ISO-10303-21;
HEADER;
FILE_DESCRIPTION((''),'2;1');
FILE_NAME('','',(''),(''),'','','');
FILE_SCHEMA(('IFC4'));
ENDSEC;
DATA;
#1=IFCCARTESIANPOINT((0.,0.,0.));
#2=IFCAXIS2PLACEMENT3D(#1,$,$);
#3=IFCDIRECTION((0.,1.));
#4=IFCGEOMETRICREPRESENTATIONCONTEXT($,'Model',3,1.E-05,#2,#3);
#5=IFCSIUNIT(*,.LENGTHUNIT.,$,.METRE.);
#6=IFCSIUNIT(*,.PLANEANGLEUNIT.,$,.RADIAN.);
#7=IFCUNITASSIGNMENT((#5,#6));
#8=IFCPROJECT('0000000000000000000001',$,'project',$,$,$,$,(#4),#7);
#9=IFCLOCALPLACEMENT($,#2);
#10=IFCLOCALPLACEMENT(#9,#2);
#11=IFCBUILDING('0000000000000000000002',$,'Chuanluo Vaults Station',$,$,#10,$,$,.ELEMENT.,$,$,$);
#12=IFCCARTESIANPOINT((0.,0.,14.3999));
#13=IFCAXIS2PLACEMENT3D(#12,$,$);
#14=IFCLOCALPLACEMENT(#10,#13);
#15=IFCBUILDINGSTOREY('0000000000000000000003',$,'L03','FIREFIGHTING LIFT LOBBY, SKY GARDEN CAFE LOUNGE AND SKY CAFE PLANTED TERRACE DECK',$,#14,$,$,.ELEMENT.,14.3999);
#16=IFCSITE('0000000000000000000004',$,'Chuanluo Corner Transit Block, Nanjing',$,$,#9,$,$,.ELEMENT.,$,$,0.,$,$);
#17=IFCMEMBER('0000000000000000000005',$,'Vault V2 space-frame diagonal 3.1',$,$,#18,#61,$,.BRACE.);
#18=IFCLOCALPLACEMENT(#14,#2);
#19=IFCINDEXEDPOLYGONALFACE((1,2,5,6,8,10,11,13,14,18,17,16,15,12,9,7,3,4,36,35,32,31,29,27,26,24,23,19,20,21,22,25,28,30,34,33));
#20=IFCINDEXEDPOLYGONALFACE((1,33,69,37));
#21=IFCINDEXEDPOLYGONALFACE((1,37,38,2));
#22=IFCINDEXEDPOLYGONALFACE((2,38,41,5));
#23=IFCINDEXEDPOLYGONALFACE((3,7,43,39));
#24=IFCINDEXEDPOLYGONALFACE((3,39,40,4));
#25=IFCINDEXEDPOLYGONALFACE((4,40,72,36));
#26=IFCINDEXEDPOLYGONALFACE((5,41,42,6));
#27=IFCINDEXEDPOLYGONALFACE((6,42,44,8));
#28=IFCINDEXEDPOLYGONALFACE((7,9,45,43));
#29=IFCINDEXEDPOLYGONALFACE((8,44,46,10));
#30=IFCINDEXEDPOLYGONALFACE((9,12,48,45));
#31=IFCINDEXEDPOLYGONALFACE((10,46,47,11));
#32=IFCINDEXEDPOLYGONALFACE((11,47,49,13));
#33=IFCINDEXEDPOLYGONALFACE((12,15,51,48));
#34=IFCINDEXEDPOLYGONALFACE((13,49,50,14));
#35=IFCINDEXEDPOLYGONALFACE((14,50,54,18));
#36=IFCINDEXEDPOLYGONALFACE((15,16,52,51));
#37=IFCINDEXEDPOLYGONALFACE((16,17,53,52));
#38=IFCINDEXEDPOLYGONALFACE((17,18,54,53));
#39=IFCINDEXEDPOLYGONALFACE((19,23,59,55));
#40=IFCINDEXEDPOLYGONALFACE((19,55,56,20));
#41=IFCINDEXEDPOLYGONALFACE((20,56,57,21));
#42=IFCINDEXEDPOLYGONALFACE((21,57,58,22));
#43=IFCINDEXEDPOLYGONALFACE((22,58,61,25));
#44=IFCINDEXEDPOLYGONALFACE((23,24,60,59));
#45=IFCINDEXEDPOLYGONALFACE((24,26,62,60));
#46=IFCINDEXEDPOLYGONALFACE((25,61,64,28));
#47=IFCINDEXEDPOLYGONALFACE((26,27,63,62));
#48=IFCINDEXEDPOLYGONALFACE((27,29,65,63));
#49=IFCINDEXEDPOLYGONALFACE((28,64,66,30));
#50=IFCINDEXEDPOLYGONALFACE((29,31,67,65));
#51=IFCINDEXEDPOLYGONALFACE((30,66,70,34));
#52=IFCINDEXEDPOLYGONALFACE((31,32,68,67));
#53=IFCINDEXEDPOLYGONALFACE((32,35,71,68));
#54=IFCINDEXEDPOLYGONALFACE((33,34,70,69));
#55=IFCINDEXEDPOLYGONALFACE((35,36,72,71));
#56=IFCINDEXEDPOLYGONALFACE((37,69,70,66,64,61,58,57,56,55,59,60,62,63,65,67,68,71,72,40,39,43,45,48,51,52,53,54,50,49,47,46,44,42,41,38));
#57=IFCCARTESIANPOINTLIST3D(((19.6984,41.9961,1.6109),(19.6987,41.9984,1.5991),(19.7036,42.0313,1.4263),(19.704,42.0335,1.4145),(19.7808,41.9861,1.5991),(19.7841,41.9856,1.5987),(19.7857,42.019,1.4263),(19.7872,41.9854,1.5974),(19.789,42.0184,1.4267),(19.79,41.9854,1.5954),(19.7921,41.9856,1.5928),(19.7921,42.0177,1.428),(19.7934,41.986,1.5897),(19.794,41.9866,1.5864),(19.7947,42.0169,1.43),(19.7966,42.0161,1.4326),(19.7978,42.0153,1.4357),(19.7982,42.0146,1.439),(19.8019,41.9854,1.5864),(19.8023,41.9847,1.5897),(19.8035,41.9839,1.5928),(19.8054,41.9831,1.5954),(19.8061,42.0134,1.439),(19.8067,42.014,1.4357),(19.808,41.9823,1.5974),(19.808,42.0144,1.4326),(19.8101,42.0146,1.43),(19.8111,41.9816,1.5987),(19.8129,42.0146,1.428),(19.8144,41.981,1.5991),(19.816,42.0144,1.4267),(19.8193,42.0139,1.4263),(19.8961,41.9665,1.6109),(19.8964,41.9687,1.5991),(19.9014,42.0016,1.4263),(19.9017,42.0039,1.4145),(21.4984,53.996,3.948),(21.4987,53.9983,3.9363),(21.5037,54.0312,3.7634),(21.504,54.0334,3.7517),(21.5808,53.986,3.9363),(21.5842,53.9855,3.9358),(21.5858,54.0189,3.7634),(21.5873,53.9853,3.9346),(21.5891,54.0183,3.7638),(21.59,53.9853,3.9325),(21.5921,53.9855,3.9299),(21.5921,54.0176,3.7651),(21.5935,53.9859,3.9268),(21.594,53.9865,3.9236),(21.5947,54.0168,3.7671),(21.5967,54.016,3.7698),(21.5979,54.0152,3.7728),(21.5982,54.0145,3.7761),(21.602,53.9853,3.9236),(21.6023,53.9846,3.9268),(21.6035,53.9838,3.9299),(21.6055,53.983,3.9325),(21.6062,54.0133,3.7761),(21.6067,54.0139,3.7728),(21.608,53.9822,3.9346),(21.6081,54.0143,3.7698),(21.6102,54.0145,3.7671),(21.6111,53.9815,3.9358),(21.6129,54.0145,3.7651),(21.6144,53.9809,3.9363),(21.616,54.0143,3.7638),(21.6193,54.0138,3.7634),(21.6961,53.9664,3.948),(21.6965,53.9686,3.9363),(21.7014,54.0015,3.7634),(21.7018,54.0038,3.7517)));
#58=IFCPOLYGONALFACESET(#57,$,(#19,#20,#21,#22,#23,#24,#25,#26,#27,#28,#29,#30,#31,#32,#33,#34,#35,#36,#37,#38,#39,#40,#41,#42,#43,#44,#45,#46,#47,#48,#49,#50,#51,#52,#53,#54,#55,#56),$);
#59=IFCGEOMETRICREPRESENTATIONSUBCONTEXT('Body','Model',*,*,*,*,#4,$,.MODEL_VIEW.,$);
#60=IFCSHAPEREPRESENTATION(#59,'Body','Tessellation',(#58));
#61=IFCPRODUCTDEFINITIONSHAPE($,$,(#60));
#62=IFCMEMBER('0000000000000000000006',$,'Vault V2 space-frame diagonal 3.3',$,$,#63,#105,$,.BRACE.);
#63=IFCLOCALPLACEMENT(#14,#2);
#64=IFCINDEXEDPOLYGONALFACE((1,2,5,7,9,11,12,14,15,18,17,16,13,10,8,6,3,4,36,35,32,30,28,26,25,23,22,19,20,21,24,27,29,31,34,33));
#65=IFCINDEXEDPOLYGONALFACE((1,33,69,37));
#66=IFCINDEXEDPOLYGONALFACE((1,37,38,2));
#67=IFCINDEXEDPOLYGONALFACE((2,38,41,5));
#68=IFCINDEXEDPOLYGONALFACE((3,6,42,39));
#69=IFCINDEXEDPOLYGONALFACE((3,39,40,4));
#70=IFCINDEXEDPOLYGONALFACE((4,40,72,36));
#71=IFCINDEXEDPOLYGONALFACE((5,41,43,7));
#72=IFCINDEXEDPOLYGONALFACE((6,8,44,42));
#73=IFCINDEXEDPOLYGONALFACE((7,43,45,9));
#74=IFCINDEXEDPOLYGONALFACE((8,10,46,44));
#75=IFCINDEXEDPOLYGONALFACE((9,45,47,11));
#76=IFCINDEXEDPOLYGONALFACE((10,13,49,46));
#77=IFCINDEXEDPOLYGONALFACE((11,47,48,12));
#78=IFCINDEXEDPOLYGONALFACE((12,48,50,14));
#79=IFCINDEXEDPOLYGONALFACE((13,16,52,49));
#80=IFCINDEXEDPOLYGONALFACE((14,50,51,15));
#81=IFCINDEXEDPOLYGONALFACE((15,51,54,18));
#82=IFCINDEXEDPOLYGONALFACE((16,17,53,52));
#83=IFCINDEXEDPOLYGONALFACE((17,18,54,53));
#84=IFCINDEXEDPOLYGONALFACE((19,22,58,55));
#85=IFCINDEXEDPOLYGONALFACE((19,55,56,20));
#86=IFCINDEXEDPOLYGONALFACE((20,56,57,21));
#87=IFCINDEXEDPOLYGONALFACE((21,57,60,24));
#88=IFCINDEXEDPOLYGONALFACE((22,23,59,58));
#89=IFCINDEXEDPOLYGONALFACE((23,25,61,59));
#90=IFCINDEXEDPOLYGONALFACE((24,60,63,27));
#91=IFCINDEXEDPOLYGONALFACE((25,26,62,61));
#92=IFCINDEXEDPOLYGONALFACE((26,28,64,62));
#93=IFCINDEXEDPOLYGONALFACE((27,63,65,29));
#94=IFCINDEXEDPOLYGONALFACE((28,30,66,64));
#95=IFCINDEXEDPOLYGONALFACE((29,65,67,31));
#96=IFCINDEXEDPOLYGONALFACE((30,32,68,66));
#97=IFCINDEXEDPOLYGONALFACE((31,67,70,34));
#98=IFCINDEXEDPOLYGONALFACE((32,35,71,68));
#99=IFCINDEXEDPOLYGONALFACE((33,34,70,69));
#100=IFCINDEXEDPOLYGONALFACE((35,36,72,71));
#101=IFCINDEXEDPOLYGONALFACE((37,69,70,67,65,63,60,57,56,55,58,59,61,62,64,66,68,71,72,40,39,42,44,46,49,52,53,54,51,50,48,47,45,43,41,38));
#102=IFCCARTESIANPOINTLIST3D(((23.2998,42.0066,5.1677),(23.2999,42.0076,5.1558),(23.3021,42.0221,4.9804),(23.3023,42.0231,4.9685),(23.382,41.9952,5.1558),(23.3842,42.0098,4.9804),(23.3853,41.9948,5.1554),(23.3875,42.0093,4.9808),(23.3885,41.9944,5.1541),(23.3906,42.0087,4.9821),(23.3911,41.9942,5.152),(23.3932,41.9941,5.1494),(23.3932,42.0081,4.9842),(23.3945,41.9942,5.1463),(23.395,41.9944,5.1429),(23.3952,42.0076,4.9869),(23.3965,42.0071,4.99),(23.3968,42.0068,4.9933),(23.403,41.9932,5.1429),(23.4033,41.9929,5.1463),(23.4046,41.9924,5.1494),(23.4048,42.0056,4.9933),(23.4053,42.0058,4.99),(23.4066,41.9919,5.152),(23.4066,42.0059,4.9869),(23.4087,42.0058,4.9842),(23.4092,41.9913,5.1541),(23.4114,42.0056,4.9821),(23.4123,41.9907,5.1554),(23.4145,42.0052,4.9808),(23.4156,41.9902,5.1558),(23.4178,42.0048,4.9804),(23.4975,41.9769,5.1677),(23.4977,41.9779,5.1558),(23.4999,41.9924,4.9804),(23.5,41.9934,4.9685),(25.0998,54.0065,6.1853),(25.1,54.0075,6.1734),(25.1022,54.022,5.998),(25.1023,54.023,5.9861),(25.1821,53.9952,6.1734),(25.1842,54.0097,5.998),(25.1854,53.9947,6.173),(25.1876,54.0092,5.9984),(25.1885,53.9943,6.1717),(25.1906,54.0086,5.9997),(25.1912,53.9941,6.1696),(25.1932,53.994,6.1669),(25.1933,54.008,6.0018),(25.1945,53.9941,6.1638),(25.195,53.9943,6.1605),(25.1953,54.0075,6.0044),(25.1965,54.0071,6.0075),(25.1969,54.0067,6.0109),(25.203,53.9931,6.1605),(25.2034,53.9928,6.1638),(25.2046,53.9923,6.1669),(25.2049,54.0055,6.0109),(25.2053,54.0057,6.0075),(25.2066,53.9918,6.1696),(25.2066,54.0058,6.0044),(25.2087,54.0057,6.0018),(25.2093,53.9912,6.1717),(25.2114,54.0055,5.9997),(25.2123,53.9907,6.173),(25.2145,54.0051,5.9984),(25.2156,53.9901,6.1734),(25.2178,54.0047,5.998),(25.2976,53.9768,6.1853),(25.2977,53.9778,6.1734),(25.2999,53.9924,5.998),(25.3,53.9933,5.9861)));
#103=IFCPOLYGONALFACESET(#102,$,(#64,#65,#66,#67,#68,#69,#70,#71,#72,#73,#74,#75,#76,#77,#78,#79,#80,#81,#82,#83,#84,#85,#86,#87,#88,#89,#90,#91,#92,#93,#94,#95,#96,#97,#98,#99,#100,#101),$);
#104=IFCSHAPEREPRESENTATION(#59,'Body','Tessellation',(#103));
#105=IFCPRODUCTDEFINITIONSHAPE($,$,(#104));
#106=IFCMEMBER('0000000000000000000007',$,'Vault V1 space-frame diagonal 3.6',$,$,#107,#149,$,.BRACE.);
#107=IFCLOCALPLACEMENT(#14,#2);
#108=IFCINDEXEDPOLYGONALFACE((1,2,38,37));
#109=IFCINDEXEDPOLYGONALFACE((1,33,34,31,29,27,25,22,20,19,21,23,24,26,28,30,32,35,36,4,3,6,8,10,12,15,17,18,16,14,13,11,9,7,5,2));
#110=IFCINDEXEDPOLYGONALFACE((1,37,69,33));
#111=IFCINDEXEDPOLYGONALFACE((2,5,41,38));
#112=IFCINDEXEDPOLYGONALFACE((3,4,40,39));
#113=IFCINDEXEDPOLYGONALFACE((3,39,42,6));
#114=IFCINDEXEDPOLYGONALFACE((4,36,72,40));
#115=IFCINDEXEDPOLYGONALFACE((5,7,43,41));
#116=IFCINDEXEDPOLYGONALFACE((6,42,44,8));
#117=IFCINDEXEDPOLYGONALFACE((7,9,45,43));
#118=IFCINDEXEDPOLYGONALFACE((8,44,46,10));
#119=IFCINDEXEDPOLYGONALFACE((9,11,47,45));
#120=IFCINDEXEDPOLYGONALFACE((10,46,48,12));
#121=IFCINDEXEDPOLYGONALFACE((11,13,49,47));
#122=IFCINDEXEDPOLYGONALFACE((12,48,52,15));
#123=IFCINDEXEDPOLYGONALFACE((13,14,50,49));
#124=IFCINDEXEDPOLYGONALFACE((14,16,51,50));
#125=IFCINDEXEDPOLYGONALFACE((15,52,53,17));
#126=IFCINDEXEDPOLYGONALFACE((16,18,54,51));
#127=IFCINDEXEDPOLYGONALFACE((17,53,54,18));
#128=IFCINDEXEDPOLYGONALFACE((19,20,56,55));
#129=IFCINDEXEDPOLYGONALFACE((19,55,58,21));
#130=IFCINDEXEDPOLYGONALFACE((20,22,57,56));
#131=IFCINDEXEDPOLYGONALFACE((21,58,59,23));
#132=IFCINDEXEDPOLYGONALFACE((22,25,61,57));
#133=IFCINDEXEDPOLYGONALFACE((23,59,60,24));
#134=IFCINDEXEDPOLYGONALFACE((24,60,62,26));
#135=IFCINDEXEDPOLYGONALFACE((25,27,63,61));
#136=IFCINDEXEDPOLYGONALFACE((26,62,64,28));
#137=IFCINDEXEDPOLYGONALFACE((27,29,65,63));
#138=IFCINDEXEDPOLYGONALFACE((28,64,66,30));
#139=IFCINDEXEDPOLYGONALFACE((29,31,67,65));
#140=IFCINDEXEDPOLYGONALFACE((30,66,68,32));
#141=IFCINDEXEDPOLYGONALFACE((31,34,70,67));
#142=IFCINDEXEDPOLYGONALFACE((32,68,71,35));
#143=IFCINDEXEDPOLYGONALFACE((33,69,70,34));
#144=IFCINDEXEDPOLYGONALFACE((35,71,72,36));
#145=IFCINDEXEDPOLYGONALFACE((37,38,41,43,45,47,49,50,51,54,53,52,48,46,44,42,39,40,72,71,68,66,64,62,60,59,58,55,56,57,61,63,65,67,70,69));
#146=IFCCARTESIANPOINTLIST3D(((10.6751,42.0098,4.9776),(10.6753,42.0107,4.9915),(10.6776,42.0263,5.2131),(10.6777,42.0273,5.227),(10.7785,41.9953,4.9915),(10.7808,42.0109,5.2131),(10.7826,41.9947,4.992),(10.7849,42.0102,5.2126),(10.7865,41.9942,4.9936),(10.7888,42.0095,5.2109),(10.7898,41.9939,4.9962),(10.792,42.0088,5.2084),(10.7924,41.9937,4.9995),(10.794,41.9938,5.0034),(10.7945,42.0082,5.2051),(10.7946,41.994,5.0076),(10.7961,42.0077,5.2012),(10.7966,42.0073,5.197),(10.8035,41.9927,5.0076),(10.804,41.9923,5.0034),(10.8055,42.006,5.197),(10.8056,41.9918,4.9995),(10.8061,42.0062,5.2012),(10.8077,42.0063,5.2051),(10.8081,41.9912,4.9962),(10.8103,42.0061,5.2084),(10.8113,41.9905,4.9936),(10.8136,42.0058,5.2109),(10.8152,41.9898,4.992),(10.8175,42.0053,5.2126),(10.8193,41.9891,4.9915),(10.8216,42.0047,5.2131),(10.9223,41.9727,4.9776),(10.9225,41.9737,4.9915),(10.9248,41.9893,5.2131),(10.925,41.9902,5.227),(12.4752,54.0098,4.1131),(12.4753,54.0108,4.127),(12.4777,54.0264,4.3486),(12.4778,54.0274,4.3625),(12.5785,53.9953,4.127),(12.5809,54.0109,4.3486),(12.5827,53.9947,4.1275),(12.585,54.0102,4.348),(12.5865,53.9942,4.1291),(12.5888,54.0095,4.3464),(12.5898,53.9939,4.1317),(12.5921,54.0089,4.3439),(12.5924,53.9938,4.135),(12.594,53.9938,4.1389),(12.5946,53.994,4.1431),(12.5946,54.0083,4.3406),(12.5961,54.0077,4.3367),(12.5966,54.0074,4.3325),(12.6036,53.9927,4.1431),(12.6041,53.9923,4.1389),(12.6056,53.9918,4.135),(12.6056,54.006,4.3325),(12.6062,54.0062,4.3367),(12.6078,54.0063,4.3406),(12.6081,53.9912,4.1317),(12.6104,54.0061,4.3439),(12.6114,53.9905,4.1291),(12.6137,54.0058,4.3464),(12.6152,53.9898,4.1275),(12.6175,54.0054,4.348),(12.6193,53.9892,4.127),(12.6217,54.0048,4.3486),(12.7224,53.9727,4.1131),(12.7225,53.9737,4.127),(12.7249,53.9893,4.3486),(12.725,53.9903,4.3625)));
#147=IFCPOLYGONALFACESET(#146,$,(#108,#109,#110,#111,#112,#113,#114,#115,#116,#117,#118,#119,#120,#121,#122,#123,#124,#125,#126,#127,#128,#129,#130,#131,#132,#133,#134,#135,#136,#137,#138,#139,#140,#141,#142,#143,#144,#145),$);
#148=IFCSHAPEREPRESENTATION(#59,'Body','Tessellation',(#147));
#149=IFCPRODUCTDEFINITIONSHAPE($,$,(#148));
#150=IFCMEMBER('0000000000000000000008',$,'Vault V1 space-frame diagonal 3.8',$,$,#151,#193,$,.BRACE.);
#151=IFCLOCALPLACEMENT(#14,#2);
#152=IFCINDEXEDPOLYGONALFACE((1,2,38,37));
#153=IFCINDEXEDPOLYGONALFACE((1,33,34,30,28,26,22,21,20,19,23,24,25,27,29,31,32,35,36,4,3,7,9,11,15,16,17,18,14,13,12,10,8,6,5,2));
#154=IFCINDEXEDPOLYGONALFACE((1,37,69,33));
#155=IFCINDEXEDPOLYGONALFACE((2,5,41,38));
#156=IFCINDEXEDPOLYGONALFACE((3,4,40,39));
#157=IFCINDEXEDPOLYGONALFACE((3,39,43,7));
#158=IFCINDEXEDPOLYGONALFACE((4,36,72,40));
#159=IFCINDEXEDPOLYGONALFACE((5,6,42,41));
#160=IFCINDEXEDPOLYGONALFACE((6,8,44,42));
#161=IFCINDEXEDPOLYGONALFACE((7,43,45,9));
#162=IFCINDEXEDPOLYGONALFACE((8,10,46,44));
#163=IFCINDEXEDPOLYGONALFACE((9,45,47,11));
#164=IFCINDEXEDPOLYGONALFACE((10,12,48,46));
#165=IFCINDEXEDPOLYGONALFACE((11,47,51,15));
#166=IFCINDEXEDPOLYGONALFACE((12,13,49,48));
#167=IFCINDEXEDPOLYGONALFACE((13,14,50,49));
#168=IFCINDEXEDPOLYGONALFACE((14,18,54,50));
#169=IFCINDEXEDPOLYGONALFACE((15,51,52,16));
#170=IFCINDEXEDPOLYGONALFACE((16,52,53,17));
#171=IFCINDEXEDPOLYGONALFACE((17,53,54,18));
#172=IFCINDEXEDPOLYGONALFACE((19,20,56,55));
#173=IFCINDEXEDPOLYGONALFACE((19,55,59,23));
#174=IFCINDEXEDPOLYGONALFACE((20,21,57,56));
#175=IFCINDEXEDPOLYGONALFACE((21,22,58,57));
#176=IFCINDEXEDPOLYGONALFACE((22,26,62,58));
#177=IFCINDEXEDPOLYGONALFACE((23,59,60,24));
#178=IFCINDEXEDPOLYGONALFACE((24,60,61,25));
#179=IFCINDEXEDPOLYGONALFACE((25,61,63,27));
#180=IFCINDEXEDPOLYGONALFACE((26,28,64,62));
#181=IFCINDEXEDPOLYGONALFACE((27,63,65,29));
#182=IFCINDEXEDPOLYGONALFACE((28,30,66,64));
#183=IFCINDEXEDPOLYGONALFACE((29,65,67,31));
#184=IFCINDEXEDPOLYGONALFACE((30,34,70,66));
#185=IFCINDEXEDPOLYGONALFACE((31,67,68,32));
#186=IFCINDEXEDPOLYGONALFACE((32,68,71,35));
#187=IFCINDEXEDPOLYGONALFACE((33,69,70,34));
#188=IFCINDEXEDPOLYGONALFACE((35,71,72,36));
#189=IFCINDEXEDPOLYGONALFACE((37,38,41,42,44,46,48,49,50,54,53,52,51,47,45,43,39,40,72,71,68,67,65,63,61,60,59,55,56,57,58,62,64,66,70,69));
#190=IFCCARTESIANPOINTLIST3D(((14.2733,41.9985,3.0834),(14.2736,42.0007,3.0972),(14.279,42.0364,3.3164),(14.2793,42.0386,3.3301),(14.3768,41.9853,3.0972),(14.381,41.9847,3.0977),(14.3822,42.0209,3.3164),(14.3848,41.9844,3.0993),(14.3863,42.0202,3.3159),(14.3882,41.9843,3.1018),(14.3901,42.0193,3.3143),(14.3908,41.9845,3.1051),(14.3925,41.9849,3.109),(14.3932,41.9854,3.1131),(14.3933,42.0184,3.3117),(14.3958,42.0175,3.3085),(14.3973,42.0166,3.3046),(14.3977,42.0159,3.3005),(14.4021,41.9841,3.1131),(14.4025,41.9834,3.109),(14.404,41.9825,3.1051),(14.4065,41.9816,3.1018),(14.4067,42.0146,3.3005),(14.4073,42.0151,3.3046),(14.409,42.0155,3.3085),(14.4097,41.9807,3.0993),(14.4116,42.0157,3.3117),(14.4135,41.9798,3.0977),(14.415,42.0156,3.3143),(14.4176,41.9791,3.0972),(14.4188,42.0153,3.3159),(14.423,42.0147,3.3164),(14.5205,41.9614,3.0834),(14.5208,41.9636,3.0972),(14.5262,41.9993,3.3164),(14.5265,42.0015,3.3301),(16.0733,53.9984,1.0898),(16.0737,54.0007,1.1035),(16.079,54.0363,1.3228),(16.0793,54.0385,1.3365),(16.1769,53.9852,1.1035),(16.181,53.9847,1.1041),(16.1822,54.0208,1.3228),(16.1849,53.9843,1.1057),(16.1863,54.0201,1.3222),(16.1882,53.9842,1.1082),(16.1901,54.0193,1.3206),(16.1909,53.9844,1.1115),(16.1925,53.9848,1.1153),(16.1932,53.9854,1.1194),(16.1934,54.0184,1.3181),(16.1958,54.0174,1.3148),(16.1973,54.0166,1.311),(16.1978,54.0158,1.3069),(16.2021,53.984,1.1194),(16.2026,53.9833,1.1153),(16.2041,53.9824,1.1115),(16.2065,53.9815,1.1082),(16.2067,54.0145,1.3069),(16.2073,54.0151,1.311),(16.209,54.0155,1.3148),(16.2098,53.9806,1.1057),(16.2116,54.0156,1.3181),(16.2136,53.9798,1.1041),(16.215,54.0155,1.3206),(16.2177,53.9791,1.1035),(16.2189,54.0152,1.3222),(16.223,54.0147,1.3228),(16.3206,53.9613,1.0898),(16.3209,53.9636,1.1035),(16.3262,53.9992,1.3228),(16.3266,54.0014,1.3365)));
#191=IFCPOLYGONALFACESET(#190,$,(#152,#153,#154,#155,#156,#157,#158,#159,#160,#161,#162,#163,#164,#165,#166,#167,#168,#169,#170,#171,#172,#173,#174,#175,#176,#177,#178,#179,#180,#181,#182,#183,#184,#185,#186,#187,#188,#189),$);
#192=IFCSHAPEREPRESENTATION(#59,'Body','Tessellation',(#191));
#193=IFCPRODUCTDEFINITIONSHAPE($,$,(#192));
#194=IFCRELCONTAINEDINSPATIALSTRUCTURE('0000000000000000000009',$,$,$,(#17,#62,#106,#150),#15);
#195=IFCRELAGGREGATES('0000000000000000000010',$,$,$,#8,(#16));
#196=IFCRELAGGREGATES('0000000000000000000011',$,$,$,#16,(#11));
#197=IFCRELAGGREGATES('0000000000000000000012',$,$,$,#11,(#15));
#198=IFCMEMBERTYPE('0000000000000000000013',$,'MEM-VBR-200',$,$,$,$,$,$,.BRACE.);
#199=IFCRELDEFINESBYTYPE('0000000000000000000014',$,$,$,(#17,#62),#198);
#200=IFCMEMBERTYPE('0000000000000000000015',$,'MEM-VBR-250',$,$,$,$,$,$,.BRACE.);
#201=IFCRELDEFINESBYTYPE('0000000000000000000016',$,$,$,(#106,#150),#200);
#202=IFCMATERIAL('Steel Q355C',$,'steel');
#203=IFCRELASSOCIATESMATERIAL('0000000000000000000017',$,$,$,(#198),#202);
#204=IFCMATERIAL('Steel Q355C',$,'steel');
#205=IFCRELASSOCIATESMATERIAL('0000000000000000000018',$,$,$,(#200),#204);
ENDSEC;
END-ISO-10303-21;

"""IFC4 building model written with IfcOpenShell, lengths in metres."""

from ifc_helpers import new_model, si_unit, direction, frame, origin, origin_2d, place, context, subcontext, project, spatial, i_section, extrude, material, material_profile, profile_set, type_object, element, save


model = new_model("IFC4")

# Units and contexts
model_context = context("Model", 3, precision=1e-05, world=origin(), true_north=direction((0.0, 1.0)))
body_context = subcontext(model_context, "Body", "Model", "MODEL_VIEW")
ifc_project = project(units=[si_unit("LENGTHUNIT", "METRE"), si_unit("PLANEANGLEUNIT", "RADIAN")], contexts=[model_context])

# Site, building, storey
site_placement = place(None, origin())
site = spatial("IfcSite", under=ifc_project, at=site_placement, Name="Chuanluo Corner Transit Block, Nanjing", CompositionType="ELEMENT", RefElevation=0.0)
building_placement = place(site_placement, origin())
building = spatial("IfcBuilding", under=site, at=building_placement, Name="Chuanluo Vaults Station", CompositionType="ELEMENT")
storey_placement = place(building_placement, frame((0.0, 0.0, 14.3999)))
storey = spatial("IfcBuildingStorey", under=building, at=storey_placement, Name="L03", Description="FIREFIGHTING LIFT LOBBY, SKY GARDEN CAFE LOUNGE AND SKY CAFE PLANTED TERRACE DECK", CompositionType="ELEMENT", Elevation=14.3999)

# Members
ifc_material_1 = material(Name="Steel Q355C", Category="steel")
ifc_material_profile_1 = material_profile(ifc_material_1, i_section(OverallWidth=0.2, OverallDepth=0.2, WebThickness=0.0081, FlangeThickness=0.012, FilletRadius=0.0129, at=origin_2d()))
ifc_profile_set_1 = profile_set([ifc_material_profile_1], Name="Steel Q355C")
member_type_1 = type_object("IfcMemberType", Name="MEM-VBR-200", PredefinedType="BRACE", material=ifc_profile_set_1)
member_1_placement = place(storey_placement, frame((19.8, 42.0, 1.5127), z_axis=(0.145667, 0.971087, 0.189132), x_axis=(-0.988936, 0.148344, 0.0)))
element("IfcMember", 1, at=member_1_placement, inside=storey, type_object=member_type_1, Name="Vault V2 space-frame diagonal 3.1", PredefinedType="BRACE", context=body_context, shape_type="SweptSolid", body=[
    extrude(i_section(OverallWidth=0.2, OverallDepth=0.2, WebThickness=0.0081, FlangeThickness=0.012, FilletRadius=0.0129, at=origin_2d()), origin(), (0.0, 0.0, 1.0), 12.3572),
])
member_2_placement = place(storey_placement, frame((23.3999, 42.0, 5.0681), z_axis=(0.147826, 0.985477, 0.083567), x_axis=(-0.988936, 0.148344, 0.0)))
element("IfcMember", 2, at=member_2_placement, inside=storey, type_object=member_type_1, Name="Vault V2 space-frame diagonal 3.3", PredefinedType="BRACE", context=body_context, shape_type="SweptSolid", body=[
    extrude(i_section(OverallWidth=0.2, OverallDepth=0.2, WebThickness=0.0081, FlangeThickness=0.012, FilletRadius=0.0129, at=origin_2d()), origin(), (0.0, 0.0, 1.0), 12.1768),
])
ifc_material_2 = material(Name="Steel Q355C", Category="steel")
ifc_material_profile_2 = material_profile(ifc_material_2, i_section(OverallWidth=0.25, OverallDepth=0.25, WebThickness=0.009, FlangeThickness=0.0139, FilletRadius=0.0161, at=origin_2d()))
ifc_profile_set_2 = profile_set([ifc_material_profile_2], Name="Steel Q355C")
member_type_2 = type_object("IfcMemberType", Name="MEM-VBR-250", PredefinedType="BRACE", material=ifc_profile_set_2)
member_3_placement = place(storey_placement, frame((10.8, 42.0, 5.1023), z_axis=(0.147969, 0.986435, -0.071065), x_axis=(-0.988936, 0.148344, 0.0)))
element("IfcMember", 3, at=member_3_placement, inside=storey, type_object=member_type_2, Name="Vault V1 space-frame diagonal 3.6", PredefinedType="BRACE", context=body_context, shape_type="SweptSolid", body=[
    extrude(i_section(OverallWidth=0.25, OverallDepth=0.25, WebThickness=0.009, FlangeThickness=0.0139, FilletRadius=0.0161, at=origin_2d()), origin(), (0.0, 0.0, 1.0), 12.165),
])
member_4_placement = place(storey_placement, frame((14.3999, 42.0, 3.2068), z_axis=(0.146382, 0.975852, -0.162126), x_axis=(-0.988936, 0.148344, 0.0)))
element("IfcMember", 4, at=member_4_placement, inside=storey, type_object=member_type_2, Name="Vault V1 space-frame diagonal 3.8", PredefinedType="BRACE", context=body_context, shape_type="SweptSolid", body=[
    extrude(i_section(OverallWidth=0.25, OverallDepth=0.25, WebThickness=0.009, FlangeThickness=0.0139, FilletRadius=0.0161, at=origin_2d()), origin(), (0.0, 0.0, 1.0), 12.2969),
])

save(model, "model.ifc")
